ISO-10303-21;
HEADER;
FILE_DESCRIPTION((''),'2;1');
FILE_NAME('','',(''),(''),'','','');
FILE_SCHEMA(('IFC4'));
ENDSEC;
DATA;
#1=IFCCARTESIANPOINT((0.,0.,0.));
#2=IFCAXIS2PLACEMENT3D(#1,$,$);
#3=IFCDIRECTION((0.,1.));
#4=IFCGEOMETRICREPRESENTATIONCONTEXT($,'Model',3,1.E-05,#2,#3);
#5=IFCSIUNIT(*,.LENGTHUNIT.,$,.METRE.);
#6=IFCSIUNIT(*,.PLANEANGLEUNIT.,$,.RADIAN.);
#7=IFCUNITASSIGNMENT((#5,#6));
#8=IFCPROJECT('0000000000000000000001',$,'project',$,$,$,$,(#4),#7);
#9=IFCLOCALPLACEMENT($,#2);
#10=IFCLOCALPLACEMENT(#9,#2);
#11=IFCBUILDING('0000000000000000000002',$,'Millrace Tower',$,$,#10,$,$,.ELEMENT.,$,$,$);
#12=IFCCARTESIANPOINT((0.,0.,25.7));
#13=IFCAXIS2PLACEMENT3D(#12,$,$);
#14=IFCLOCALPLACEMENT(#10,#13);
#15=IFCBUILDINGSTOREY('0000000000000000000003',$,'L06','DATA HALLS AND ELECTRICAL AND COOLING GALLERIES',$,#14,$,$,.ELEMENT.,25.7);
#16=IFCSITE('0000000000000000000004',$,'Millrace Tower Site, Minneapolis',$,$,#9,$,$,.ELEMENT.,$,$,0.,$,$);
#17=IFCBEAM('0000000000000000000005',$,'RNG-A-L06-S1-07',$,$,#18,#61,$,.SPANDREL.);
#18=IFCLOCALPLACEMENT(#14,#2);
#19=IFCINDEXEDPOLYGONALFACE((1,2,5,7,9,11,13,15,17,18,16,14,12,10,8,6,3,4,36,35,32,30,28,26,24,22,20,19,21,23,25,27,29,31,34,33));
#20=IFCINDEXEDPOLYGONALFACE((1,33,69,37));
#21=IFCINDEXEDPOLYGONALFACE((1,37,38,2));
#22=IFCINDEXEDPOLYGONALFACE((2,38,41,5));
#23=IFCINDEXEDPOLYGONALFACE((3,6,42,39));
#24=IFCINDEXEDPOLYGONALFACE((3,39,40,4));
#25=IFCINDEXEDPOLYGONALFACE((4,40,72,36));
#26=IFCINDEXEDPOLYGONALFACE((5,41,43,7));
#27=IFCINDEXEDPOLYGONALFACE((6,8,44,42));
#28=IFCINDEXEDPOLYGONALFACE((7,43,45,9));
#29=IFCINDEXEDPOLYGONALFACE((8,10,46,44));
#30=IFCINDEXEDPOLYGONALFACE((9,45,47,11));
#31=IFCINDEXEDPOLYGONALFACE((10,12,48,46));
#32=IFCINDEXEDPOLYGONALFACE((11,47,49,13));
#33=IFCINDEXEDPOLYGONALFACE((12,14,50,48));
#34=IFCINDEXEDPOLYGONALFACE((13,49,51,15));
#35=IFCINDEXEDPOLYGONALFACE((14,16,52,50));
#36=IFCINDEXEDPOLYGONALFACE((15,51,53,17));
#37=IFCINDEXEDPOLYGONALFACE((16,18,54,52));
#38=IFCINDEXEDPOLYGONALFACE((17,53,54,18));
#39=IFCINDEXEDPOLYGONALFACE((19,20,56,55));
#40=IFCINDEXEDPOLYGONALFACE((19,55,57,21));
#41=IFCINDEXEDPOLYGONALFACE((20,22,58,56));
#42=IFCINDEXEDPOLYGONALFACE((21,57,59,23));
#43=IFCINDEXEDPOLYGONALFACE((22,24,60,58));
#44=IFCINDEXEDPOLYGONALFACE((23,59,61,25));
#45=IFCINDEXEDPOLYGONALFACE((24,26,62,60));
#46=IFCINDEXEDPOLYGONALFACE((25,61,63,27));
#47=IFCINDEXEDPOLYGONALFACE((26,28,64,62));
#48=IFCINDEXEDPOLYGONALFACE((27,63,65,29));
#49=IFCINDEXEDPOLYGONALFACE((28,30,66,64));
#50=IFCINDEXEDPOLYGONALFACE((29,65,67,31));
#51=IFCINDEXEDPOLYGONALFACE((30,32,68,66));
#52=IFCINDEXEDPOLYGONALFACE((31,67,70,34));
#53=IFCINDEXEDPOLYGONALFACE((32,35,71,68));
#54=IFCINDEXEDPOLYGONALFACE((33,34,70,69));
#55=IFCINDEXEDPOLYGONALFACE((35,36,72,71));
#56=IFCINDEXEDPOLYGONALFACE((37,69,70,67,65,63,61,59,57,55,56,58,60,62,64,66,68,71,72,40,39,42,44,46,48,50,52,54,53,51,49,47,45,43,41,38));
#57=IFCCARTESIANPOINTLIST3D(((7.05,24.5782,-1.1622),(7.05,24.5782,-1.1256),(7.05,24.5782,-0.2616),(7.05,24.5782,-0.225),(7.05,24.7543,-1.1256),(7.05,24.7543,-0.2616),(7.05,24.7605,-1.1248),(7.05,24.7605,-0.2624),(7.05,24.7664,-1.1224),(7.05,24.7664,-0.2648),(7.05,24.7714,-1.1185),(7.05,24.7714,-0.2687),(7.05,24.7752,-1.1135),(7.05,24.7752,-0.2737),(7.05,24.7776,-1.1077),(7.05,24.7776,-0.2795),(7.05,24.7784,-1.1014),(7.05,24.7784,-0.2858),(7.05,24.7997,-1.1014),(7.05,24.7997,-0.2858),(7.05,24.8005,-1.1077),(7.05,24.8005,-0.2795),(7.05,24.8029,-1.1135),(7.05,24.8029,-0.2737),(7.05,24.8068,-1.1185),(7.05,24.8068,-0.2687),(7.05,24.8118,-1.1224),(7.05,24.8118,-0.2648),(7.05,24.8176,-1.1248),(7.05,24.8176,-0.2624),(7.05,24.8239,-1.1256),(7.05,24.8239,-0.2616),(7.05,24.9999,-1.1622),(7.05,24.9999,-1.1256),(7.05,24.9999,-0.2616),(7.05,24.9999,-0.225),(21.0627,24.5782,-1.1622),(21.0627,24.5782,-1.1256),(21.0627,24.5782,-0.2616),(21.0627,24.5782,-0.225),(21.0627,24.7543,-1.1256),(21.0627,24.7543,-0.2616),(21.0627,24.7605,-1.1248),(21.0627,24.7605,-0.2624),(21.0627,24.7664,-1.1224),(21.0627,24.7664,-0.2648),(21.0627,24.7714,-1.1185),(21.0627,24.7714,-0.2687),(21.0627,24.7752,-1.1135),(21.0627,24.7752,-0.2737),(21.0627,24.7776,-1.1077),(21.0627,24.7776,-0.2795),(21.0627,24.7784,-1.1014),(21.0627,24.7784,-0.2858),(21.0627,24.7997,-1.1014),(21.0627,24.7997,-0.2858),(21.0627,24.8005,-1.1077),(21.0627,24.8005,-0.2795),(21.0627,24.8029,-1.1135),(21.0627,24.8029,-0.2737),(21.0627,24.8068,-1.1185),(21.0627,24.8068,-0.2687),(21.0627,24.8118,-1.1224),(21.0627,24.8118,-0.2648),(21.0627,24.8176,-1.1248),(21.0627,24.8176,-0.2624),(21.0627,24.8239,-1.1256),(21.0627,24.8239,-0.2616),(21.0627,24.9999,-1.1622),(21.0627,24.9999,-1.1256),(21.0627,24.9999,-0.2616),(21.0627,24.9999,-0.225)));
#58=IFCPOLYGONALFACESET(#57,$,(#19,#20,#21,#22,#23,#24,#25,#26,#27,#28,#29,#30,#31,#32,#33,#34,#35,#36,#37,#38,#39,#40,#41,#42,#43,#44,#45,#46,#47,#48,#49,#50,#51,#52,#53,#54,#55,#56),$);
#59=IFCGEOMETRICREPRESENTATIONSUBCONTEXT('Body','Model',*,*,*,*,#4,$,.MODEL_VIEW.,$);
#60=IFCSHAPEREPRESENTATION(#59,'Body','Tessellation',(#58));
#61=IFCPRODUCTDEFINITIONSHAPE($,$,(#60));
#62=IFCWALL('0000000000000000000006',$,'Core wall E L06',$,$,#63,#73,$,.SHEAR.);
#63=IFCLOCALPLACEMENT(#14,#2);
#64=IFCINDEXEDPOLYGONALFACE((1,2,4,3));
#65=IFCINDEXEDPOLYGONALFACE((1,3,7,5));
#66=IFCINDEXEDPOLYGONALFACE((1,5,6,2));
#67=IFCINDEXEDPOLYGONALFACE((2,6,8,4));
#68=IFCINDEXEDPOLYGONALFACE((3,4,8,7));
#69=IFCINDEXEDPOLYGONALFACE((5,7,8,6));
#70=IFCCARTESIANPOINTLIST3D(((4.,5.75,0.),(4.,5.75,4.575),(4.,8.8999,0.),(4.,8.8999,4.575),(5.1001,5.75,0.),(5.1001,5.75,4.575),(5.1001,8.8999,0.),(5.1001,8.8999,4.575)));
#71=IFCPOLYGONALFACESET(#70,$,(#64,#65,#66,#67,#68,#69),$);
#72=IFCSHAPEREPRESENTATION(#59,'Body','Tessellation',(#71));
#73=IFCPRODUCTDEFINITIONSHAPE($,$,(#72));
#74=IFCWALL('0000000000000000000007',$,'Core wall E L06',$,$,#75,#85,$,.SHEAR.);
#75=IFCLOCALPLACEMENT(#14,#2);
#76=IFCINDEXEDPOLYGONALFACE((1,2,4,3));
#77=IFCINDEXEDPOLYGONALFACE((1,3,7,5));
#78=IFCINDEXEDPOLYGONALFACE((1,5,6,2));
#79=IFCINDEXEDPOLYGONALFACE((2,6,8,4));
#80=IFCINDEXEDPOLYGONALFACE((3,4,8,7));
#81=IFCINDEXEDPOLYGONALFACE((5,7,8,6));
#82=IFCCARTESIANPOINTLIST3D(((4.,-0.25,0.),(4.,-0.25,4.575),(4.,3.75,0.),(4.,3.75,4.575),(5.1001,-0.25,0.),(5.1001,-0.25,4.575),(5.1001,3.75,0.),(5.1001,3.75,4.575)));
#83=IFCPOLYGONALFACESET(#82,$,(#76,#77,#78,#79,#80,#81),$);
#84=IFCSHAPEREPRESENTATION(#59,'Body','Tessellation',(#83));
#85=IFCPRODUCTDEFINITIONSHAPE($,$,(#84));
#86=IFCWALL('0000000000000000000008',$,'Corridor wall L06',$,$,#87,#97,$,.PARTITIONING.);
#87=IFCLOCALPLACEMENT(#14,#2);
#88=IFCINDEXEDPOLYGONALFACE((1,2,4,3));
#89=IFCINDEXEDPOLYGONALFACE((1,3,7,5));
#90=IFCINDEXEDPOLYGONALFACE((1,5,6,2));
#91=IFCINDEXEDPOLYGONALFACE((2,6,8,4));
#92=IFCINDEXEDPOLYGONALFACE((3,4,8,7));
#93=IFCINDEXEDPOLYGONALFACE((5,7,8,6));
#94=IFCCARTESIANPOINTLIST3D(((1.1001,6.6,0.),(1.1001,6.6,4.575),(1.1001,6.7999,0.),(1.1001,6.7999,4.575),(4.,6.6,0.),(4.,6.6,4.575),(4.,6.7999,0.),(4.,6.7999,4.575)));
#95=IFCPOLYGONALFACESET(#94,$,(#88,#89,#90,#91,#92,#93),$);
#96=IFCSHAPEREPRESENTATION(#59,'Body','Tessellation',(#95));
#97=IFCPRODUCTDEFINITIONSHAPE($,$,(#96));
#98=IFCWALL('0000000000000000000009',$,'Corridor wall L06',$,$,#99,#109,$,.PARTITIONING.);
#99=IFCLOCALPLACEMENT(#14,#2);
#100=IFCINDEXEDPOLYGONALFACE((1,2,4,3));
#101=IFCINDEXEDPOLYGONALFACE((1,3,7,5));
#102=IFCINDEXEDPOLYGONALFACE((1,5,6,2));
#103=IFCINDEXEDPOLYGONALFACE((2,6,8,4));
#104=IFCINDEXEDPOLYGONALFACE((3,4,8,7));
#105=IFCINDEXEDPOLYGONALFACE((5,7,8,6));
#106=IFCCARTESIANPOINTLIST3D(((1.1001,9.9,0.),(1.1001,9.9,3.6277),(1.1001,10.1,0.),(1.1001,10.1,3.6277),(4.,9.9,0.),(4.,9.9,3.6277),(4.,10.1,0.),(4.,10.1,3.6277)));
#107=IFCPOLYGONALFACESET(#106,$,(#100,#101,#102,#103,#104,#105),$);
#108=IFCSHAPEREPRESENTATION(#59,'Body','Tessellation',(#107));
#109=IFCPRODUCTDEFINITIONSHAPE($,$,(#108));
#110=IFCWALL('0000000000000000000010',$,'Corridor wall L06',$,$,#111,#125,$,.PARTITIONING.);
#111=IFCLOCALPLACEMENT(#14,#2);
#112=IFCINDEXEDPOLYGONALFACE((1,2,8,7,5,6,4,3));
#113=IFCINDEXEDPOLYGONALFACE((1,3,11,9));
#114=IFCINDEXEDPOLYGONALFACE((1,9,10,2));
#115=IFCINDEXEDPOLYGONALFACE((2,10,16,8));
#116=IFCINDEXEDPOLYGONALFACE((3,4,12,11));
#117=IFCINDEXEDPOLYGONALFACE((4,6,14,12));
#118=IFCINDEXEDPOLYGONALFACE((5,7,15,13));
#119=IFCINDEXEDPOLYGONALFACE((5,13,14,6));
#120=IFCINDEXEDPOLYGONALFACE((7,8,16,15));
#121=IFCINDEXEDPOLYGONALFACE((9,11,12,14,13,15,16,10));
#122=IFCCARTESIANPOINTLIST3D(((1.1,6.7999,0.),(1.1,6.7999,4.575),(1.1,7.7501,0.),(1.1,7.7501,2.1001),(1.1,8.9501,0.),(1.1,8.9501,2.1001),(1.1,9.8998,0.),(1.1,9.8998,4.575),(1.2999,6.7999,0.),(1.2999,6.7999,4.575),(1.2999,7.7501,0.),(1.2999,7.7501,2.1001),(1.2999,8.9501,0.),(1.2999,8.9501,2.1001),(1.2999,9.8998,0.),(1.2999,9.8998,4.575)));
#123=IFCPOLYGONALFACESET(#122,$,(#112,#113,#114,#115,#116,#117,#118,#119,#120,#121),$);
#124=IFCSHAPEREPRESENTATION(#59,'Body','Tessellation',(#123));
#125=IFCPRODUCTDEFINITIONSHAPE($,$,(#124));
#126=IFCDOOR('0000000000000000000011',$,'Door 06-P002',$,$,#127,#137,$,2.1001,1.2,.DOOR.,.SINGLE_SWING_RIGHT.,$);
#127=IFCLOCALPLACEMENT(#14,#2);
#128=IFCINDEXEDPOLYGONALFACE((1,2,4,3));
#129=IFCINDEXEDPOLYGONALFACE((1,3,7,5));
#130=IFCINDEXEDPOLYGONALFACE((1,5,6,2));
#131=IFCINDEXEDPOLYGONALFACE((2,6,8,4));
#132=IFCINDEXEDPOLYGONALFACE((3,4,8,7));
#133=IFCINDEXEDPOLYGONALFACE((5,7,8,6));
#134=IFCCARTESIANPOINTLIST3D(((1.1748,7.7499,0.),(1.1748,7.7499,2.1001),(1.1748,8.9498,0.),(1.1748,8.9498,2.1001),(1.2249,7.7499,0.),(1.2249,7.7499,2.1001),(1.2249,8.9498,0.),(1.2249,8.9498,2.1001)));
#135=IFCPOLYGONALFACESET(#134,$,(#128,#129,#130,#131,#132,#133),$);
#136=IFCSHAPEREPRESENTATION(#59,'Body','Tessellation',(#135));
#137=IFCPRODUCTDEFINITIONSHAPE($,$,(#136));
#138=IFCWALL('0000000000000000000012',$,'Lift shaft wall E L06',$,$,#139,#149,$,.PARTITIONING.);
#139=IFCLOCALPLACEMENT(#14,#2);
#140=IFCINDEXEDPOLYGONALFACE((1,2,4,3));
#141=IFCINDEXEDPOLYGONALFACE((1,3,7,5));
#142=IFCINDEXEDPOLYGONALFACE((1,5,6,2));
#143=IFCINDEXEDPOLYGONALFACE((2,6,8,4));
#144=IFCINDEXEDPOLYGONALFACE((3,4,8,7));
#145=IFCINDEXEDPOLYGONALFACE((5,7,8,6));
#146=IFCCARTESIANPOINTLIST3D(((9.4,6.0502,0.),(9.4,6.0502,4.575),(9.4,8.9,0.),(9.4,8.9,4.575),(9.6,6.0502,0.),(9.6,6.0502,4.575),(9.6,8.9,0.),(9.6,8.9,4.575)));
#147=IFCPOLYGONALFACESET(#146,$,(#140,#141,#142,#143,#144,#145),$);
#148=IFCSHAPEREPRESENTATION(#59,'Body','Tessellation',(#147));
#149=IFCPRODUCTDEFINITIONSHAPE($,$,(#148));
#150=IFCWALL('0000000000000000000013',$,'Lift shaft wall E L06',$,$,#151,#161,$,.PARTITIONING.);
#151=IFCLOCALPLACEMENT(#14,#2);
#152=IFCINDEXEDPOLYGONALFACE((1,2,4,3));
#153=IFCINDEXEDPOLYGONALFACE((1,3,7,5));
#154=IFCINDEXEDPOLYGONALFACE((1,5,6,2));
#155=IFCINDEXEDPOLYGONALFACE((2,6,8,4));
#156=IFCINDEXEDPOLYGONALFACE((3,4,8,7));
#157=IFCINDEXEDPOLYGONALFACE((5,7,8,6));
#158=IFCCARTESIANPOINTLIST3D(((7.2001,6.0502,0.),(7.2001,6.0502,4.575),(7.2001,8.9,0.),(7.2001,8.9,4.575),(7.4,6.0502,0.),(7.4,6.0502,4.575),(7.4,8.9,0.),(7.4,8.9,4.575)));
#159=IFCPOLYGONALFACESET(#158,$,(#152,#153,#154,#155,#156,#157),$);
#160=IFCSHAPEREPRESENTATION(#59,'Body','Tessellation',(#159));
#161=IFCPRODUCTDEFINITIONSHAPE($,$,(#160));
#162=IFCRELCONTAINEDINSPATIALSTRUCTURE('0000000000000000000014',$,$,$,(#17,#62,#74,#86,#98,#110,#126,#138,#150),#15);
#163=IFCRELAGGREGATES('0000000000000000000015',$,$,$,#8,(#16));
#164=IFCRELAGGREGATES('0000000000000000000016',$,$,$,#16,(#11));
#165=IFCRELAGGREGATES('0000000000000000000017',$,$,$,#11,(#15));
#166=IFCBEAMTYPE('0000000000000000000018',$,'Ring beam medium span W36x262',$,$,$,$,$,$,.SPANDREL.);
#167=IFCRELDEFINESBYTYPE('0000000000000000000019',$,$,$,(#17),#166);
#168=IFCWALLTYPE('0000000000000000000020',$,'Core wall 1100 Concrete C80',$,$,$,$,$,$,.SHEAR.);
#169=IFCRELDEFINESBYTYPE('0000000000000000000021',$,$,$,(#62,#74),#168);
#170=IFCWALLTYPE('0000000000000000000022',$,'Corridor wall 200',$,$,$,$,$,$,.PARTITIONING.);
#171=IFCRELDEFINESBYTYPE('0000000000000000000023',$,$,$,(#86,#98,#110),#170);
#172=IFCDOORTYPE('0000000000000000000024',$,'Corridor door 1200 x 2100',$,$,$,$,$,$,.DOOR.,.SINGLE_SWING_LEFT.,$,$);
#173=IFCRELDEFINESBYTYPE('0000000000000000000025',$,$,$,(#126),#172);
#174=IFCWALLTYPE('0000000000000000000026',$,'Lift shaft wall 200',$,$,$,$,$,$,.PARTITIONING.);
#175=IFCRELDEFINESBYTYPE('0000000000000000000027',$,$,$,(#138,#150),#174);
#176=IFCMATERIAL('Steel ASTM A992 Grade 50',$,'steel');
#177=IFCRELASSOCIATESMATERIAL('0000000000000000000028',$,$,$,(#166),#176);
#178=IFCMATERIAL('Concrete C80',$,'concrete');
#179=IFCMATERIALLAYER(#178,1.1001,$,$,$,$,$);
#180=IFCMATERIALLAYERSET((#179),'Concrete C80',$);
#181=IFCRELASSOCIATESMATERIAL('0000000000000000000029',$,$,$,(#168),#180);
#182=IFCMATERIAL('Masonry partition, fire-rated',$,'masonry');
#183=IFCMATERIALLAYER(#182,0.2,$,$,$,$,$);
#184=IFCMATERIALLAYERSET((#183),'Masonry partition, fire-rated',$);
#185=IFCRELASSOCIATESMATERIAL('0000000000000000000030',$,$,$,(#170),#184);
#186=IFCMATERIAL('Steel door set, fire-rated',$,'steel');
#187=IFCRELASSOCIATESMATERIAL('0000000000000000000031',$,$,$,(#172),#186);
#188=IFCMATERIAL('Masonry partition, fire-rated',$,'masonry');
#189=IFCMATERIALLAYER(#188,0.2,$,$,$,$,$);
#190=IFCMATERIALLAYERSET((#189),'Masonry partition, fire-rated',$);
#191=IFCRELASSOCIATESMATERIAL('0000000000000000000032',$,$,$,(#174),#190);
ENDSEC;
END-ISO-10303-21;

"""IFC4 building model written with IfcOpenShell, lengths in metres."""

from ifc_helpers import new_model, si_unit, direction, frame, frame_2d, origin, origin_2d, place, context, subcontext, project, spatial, rectangle, i_section, extrude, material, layer, layer_set, material_profile, profile_set, type_object, element, fill, save


model = new_model("IFC4")

# Units and contexts
model_context = context("Model", 3, precision=1e-05, world=origin(), true_north=direction((0.0, 1.0)))
body_context = subcontext(model_context, "Body", "Model", "MODEL_VIEW")
ifc_project = project(units=[si_unit("LENGTHUNIT", "METRE"), si_unit("PLANEANGLEUNIT", "RADIAN")], contexts=[model_context])

# Site, building, storey
site_placement = place(None, origin())
site = spatial("IfcSite", under=ifc_project, at=site_placement, Name="Millrace Tower Site, Minneapolis", CompositionType="ELEMENT", RefElevation=0.0)
building_placement = place(site_placement, origin())
building = spatial("IfcBuilding", under=site, at=building_placement, Name="Millrace Tower", CompositionType="ELEMENT")
storey_placement = place(building_placement, frame((0.0, 0.0, 25.7)))
storey = spatial("IfcBuildingStorey", under=building, at=storey_placement, Name="L06", Description="DATA HALLS AND ELECTRICAL AND COOLING GALLERIES", CompositionType="ELEMENT", Elevation=25.7)

# Beam
ifc_material_1 = material(Name="Steel ASTM A992 Grade 50", Category="steel")
ifc_material_profile_1 = material_profile(ifc_material_1, i_section(OverallWidth=0.4216, OverallDepth=0.9373, WebThickness=0.0212, FlangeThickness=0.0366, FilletRadius=0.0242, at=origin_2d()))
ifc_profile_set_1 = profile_set([ifc_material_profile_1], Name="Steel ASTM A992 Grade 50")
beam_type_1 = type_object("IfcBeamType", Name="Ring beam medium span W36x262", PredefinedType="SPANDREL", material=ifc_profile_set_1)
beam_1_placement = place(storey_placement, frame((7.05, 24.7891, -0.6936), z_axis=(1.0, 0.0, 0.0), x_axis=(0.0, 1.0, 0.0)))
element("IfcBeam", 1, at=beam_1_placement, inside=storey, type_object=beam_type_1, Name="RNG-A-L06-S1-07", PredefinedType="SPANDREL", context=body_context, shape_type="SweptSolid", body=[
    extrude(i_section(OverallWidth=0.4216, OverallDepth=0.9373, WebThickness=0.0212, FlangeThickness=0.0366, FilletRadius=0.0242, at=origin_2d()), origin(), (0.0, 0.0, 1.0), 14.0127),
])

# Walls
ifc_material_2 = material(Name="Concrete C80", Category="concrete")
ifc_layer_1 = layer(ifc_material_2, 1.1001)
ifc_layer_set_1 = layer_set([ifc_layer_1], Name="Concrete C80")
wall_type_1 = type_object("IfcWallType", Name="Core wall 1100 Concrete C80", PredefinedType="SHEAR", material=ifc_layer_set_1)
wall_1_placement = place(storey_placement, frame((4.55, 8.8999, 0.0), z_axis=(0.0, 0.0, 1.0), x_axis=(0.0, -1.0, 0.0)))
element("IfcWall", 2, at=wall_1_placement, inside=storey, type_object=wall_type_1, Name="Core wall E L06", PredefinedType="SHEAR", context=body_context, shape_type="SweptSolid", body=[
    extrude(rectangle(XDim=3.1499, YDim=1.1001, at=frame_2d((1.575, 0.0))), origin(), (0.0, 0.0, 1.0), 4.575),
])
wall_2_placement = place(storey_placement, frame((4.55, 3.75, 0.0), z_axis=(0.0, 0.0, 1.0), x_axis=(0.0, -1.0, 0.0)))
element("IfcWall", 3, at=wall_2_placement, inside=storey, type_object=wall_type_1, Name="Core wall E L06", PredefinedType="SHEAR", context=body_context, shape_type="SweptSolid", body=[
    extrude(rectangle(XDim=4.0, YDim=1.1001, at=frame_2d((2.0, 0.0))), origin(), (0.0, 0.0, 1.0), 4.575),
])
ifc_material_3 = material(Name="Masonry partition, fire-rated", Category="masonry")
ifc_layer_2 = layer(ifc_material_3, 0.2)
ifc_layer_set_2 = layer_set([ifc_layer_2], Name="Masonry partition, fire-rated")
wall_type_2 = type_object("IfcWallType", Name="Corridor wall 200", PredefinedType="PARTITIONING", material=ifc_layer_set_2)
wall_3_placement = place(storey_placement, frame((1.1001, 6.7, 0.0), z_axis=(0.0, 0.0, 1.0), x_axis=(1.0, 0.0, 0.0)))
element("IfcWall", 4, at=wall_3_placement, inside=storey, type_object=wall_type_2, Name="Corridor wall L06", PredefinedType="PARTITIONING", context=body_context, shape_type="SweptSolid", body=[
    extrude(rectangle(XDim=2.8999, YDim=0.2, at=frame_2d((1.45, 0.0))), origin(), (0.0, 0.0, 1.0), 4.575),
])
wall_4_placement = place(storey_placement, frame((1.1001, 10.0, 0.0), z_axis=(0.0, 0.0, 1.0), x_axis=(1.0, 0.0, 0.0)))
element("IfcWall", 5, at=wall_4_placement, inside=storey, type_object=wall_type_2, Name="Corridor wall L06", PredefinedType="PARTITIONING", context=body_context, shape_type="SweptSolid", body=[
    extrude(rectangle(XDim=2.8999, YDim=0.2, at=frame_2d((1.45, 0.0))), origin(), (0.0, 0.0, 1.0), 3.6277),
])

# Wall, opening, door
wall_5_placement = place(storey_placement, frame((1.2, 6.8, 0.0), z_axis=(0.0, 0.0, 1.0), x_axis=(0.0, 1.0, 0.0)))
wall_5 = element("IfcWall", 6, at=wall_5_placement, inside=storey, type_object=wall_type_2, Name="Corridor wall L06", PredefinedType="PARTITIONING", context=body_context, shape_type="SweptSolid", body=[
    extrude(rectangle(XDim=3.0999, YDim=0.2, at=frame_2d((1.5498, 0.0))), origin(), (0.0, 0.0, 1.0), 4.575),
])
opening_1_placement = place(wall_5_placement, frame((0.95, 0.0, 0.0)))
opening_1 = element("IfcOpeningElement", 7, at=opening_1_placement, cuts=wall_5, PredefinedType="OPENING", context=body_context, shape_type="SweptSolid", body=[
    extrude(rectangle(XDim=1.2, YDim=2.1001, at=frame_2d((0.6001, 1.05))), frame((0.0, 0.1099, 0.0), z_axis=(0.0, -1.0, 0.0), x_axis=(1.0, 0.0, 0.0)), (0.0, 0.0, 1.0), 0.22),
])
ifc_material_4 = material(Name="Steel door set, fire-rated", Category="steel")
door_type_1 = type_object("IfcDoorType", Name="Corridor door 1200 x 2100", OperationType="SINGLE_SWING_LEFT", PredefinedType="DOOR", material=ifc_material_4)
door_1_placement = place(opening_1_placement, frame((1.2, 0.0, 0.0), z_axis=(0.0, 0.0, 1.0), x_axis=(-1.0, 0.0, 0.0)))
door_1 = element("IfcDoor", 8, at=door_1_placement, inside=storey, type_object=door_type_1, Name="Door 06-P002", OperationType="SINGLE_SWING_RIGHT", OverallHeight=2.1001, OverallWidth=1.2, PredefinedType="DOOR", context=body_context, shape_type="SweptSolid", body=[
    extrude(rectangle(XDim=1.2, YDim=2.1001, at=frame_2d((0.6001, 1.05))), frame((0.0, 0.0249, 0.0), z_axis=(0.0, -1.0, 0.0), x_axis=(1.0, 0.0, 0.0)), (0.0, 0.0, 1.0), 0.05),
])
fill(opening_1, door_1)

# Walls
ifc_material_5 = material(Name="Masonry partition, fire-rated", Category="masonry")
ifc_layer_3 = layer(ifc_material_5, 0.2)
ifc_layer_set_3 = layer_set([ifc_layer_3], Name="Masonry partition, fire-rated")
wall_type_3 = type_object("IfcWallType", Name="Lift shaft wall 200", PredefinedType="PARTITIONING", material=ifc_layer_set_3)
for number, where, z_axis, x_axis, name in (
    (9, (9.5, 8.8999, 0.0), (0.0, 0.0, 1.0), (0.0, -1.0, 0.0), "Lift shaft wall E L06"),
    (10, (7.3, 8.8999, 0.0), (0.0, 0.0, 1.0), (0.0, -1.0, 0.0), "Lift shaft wall E L06"),
):
    element("IfcWall", number, at=place(storey_placement, frame(where, z_axis=z_axis, x_axis=x_axis)), inside=storey, type_object=wall_type_3, Name=name, PredefinedType="PARTITIONING", context=body_context, shape_type="SweptSolid", body=[
        extrude(rectangle(XDim=2.8499, YDim=0.2, at=frame_2d((1.4248, 0.0))), origin(), (0.0, 0.0, 1.0), 4.575),
    ])

save(model, "model.ifc")
